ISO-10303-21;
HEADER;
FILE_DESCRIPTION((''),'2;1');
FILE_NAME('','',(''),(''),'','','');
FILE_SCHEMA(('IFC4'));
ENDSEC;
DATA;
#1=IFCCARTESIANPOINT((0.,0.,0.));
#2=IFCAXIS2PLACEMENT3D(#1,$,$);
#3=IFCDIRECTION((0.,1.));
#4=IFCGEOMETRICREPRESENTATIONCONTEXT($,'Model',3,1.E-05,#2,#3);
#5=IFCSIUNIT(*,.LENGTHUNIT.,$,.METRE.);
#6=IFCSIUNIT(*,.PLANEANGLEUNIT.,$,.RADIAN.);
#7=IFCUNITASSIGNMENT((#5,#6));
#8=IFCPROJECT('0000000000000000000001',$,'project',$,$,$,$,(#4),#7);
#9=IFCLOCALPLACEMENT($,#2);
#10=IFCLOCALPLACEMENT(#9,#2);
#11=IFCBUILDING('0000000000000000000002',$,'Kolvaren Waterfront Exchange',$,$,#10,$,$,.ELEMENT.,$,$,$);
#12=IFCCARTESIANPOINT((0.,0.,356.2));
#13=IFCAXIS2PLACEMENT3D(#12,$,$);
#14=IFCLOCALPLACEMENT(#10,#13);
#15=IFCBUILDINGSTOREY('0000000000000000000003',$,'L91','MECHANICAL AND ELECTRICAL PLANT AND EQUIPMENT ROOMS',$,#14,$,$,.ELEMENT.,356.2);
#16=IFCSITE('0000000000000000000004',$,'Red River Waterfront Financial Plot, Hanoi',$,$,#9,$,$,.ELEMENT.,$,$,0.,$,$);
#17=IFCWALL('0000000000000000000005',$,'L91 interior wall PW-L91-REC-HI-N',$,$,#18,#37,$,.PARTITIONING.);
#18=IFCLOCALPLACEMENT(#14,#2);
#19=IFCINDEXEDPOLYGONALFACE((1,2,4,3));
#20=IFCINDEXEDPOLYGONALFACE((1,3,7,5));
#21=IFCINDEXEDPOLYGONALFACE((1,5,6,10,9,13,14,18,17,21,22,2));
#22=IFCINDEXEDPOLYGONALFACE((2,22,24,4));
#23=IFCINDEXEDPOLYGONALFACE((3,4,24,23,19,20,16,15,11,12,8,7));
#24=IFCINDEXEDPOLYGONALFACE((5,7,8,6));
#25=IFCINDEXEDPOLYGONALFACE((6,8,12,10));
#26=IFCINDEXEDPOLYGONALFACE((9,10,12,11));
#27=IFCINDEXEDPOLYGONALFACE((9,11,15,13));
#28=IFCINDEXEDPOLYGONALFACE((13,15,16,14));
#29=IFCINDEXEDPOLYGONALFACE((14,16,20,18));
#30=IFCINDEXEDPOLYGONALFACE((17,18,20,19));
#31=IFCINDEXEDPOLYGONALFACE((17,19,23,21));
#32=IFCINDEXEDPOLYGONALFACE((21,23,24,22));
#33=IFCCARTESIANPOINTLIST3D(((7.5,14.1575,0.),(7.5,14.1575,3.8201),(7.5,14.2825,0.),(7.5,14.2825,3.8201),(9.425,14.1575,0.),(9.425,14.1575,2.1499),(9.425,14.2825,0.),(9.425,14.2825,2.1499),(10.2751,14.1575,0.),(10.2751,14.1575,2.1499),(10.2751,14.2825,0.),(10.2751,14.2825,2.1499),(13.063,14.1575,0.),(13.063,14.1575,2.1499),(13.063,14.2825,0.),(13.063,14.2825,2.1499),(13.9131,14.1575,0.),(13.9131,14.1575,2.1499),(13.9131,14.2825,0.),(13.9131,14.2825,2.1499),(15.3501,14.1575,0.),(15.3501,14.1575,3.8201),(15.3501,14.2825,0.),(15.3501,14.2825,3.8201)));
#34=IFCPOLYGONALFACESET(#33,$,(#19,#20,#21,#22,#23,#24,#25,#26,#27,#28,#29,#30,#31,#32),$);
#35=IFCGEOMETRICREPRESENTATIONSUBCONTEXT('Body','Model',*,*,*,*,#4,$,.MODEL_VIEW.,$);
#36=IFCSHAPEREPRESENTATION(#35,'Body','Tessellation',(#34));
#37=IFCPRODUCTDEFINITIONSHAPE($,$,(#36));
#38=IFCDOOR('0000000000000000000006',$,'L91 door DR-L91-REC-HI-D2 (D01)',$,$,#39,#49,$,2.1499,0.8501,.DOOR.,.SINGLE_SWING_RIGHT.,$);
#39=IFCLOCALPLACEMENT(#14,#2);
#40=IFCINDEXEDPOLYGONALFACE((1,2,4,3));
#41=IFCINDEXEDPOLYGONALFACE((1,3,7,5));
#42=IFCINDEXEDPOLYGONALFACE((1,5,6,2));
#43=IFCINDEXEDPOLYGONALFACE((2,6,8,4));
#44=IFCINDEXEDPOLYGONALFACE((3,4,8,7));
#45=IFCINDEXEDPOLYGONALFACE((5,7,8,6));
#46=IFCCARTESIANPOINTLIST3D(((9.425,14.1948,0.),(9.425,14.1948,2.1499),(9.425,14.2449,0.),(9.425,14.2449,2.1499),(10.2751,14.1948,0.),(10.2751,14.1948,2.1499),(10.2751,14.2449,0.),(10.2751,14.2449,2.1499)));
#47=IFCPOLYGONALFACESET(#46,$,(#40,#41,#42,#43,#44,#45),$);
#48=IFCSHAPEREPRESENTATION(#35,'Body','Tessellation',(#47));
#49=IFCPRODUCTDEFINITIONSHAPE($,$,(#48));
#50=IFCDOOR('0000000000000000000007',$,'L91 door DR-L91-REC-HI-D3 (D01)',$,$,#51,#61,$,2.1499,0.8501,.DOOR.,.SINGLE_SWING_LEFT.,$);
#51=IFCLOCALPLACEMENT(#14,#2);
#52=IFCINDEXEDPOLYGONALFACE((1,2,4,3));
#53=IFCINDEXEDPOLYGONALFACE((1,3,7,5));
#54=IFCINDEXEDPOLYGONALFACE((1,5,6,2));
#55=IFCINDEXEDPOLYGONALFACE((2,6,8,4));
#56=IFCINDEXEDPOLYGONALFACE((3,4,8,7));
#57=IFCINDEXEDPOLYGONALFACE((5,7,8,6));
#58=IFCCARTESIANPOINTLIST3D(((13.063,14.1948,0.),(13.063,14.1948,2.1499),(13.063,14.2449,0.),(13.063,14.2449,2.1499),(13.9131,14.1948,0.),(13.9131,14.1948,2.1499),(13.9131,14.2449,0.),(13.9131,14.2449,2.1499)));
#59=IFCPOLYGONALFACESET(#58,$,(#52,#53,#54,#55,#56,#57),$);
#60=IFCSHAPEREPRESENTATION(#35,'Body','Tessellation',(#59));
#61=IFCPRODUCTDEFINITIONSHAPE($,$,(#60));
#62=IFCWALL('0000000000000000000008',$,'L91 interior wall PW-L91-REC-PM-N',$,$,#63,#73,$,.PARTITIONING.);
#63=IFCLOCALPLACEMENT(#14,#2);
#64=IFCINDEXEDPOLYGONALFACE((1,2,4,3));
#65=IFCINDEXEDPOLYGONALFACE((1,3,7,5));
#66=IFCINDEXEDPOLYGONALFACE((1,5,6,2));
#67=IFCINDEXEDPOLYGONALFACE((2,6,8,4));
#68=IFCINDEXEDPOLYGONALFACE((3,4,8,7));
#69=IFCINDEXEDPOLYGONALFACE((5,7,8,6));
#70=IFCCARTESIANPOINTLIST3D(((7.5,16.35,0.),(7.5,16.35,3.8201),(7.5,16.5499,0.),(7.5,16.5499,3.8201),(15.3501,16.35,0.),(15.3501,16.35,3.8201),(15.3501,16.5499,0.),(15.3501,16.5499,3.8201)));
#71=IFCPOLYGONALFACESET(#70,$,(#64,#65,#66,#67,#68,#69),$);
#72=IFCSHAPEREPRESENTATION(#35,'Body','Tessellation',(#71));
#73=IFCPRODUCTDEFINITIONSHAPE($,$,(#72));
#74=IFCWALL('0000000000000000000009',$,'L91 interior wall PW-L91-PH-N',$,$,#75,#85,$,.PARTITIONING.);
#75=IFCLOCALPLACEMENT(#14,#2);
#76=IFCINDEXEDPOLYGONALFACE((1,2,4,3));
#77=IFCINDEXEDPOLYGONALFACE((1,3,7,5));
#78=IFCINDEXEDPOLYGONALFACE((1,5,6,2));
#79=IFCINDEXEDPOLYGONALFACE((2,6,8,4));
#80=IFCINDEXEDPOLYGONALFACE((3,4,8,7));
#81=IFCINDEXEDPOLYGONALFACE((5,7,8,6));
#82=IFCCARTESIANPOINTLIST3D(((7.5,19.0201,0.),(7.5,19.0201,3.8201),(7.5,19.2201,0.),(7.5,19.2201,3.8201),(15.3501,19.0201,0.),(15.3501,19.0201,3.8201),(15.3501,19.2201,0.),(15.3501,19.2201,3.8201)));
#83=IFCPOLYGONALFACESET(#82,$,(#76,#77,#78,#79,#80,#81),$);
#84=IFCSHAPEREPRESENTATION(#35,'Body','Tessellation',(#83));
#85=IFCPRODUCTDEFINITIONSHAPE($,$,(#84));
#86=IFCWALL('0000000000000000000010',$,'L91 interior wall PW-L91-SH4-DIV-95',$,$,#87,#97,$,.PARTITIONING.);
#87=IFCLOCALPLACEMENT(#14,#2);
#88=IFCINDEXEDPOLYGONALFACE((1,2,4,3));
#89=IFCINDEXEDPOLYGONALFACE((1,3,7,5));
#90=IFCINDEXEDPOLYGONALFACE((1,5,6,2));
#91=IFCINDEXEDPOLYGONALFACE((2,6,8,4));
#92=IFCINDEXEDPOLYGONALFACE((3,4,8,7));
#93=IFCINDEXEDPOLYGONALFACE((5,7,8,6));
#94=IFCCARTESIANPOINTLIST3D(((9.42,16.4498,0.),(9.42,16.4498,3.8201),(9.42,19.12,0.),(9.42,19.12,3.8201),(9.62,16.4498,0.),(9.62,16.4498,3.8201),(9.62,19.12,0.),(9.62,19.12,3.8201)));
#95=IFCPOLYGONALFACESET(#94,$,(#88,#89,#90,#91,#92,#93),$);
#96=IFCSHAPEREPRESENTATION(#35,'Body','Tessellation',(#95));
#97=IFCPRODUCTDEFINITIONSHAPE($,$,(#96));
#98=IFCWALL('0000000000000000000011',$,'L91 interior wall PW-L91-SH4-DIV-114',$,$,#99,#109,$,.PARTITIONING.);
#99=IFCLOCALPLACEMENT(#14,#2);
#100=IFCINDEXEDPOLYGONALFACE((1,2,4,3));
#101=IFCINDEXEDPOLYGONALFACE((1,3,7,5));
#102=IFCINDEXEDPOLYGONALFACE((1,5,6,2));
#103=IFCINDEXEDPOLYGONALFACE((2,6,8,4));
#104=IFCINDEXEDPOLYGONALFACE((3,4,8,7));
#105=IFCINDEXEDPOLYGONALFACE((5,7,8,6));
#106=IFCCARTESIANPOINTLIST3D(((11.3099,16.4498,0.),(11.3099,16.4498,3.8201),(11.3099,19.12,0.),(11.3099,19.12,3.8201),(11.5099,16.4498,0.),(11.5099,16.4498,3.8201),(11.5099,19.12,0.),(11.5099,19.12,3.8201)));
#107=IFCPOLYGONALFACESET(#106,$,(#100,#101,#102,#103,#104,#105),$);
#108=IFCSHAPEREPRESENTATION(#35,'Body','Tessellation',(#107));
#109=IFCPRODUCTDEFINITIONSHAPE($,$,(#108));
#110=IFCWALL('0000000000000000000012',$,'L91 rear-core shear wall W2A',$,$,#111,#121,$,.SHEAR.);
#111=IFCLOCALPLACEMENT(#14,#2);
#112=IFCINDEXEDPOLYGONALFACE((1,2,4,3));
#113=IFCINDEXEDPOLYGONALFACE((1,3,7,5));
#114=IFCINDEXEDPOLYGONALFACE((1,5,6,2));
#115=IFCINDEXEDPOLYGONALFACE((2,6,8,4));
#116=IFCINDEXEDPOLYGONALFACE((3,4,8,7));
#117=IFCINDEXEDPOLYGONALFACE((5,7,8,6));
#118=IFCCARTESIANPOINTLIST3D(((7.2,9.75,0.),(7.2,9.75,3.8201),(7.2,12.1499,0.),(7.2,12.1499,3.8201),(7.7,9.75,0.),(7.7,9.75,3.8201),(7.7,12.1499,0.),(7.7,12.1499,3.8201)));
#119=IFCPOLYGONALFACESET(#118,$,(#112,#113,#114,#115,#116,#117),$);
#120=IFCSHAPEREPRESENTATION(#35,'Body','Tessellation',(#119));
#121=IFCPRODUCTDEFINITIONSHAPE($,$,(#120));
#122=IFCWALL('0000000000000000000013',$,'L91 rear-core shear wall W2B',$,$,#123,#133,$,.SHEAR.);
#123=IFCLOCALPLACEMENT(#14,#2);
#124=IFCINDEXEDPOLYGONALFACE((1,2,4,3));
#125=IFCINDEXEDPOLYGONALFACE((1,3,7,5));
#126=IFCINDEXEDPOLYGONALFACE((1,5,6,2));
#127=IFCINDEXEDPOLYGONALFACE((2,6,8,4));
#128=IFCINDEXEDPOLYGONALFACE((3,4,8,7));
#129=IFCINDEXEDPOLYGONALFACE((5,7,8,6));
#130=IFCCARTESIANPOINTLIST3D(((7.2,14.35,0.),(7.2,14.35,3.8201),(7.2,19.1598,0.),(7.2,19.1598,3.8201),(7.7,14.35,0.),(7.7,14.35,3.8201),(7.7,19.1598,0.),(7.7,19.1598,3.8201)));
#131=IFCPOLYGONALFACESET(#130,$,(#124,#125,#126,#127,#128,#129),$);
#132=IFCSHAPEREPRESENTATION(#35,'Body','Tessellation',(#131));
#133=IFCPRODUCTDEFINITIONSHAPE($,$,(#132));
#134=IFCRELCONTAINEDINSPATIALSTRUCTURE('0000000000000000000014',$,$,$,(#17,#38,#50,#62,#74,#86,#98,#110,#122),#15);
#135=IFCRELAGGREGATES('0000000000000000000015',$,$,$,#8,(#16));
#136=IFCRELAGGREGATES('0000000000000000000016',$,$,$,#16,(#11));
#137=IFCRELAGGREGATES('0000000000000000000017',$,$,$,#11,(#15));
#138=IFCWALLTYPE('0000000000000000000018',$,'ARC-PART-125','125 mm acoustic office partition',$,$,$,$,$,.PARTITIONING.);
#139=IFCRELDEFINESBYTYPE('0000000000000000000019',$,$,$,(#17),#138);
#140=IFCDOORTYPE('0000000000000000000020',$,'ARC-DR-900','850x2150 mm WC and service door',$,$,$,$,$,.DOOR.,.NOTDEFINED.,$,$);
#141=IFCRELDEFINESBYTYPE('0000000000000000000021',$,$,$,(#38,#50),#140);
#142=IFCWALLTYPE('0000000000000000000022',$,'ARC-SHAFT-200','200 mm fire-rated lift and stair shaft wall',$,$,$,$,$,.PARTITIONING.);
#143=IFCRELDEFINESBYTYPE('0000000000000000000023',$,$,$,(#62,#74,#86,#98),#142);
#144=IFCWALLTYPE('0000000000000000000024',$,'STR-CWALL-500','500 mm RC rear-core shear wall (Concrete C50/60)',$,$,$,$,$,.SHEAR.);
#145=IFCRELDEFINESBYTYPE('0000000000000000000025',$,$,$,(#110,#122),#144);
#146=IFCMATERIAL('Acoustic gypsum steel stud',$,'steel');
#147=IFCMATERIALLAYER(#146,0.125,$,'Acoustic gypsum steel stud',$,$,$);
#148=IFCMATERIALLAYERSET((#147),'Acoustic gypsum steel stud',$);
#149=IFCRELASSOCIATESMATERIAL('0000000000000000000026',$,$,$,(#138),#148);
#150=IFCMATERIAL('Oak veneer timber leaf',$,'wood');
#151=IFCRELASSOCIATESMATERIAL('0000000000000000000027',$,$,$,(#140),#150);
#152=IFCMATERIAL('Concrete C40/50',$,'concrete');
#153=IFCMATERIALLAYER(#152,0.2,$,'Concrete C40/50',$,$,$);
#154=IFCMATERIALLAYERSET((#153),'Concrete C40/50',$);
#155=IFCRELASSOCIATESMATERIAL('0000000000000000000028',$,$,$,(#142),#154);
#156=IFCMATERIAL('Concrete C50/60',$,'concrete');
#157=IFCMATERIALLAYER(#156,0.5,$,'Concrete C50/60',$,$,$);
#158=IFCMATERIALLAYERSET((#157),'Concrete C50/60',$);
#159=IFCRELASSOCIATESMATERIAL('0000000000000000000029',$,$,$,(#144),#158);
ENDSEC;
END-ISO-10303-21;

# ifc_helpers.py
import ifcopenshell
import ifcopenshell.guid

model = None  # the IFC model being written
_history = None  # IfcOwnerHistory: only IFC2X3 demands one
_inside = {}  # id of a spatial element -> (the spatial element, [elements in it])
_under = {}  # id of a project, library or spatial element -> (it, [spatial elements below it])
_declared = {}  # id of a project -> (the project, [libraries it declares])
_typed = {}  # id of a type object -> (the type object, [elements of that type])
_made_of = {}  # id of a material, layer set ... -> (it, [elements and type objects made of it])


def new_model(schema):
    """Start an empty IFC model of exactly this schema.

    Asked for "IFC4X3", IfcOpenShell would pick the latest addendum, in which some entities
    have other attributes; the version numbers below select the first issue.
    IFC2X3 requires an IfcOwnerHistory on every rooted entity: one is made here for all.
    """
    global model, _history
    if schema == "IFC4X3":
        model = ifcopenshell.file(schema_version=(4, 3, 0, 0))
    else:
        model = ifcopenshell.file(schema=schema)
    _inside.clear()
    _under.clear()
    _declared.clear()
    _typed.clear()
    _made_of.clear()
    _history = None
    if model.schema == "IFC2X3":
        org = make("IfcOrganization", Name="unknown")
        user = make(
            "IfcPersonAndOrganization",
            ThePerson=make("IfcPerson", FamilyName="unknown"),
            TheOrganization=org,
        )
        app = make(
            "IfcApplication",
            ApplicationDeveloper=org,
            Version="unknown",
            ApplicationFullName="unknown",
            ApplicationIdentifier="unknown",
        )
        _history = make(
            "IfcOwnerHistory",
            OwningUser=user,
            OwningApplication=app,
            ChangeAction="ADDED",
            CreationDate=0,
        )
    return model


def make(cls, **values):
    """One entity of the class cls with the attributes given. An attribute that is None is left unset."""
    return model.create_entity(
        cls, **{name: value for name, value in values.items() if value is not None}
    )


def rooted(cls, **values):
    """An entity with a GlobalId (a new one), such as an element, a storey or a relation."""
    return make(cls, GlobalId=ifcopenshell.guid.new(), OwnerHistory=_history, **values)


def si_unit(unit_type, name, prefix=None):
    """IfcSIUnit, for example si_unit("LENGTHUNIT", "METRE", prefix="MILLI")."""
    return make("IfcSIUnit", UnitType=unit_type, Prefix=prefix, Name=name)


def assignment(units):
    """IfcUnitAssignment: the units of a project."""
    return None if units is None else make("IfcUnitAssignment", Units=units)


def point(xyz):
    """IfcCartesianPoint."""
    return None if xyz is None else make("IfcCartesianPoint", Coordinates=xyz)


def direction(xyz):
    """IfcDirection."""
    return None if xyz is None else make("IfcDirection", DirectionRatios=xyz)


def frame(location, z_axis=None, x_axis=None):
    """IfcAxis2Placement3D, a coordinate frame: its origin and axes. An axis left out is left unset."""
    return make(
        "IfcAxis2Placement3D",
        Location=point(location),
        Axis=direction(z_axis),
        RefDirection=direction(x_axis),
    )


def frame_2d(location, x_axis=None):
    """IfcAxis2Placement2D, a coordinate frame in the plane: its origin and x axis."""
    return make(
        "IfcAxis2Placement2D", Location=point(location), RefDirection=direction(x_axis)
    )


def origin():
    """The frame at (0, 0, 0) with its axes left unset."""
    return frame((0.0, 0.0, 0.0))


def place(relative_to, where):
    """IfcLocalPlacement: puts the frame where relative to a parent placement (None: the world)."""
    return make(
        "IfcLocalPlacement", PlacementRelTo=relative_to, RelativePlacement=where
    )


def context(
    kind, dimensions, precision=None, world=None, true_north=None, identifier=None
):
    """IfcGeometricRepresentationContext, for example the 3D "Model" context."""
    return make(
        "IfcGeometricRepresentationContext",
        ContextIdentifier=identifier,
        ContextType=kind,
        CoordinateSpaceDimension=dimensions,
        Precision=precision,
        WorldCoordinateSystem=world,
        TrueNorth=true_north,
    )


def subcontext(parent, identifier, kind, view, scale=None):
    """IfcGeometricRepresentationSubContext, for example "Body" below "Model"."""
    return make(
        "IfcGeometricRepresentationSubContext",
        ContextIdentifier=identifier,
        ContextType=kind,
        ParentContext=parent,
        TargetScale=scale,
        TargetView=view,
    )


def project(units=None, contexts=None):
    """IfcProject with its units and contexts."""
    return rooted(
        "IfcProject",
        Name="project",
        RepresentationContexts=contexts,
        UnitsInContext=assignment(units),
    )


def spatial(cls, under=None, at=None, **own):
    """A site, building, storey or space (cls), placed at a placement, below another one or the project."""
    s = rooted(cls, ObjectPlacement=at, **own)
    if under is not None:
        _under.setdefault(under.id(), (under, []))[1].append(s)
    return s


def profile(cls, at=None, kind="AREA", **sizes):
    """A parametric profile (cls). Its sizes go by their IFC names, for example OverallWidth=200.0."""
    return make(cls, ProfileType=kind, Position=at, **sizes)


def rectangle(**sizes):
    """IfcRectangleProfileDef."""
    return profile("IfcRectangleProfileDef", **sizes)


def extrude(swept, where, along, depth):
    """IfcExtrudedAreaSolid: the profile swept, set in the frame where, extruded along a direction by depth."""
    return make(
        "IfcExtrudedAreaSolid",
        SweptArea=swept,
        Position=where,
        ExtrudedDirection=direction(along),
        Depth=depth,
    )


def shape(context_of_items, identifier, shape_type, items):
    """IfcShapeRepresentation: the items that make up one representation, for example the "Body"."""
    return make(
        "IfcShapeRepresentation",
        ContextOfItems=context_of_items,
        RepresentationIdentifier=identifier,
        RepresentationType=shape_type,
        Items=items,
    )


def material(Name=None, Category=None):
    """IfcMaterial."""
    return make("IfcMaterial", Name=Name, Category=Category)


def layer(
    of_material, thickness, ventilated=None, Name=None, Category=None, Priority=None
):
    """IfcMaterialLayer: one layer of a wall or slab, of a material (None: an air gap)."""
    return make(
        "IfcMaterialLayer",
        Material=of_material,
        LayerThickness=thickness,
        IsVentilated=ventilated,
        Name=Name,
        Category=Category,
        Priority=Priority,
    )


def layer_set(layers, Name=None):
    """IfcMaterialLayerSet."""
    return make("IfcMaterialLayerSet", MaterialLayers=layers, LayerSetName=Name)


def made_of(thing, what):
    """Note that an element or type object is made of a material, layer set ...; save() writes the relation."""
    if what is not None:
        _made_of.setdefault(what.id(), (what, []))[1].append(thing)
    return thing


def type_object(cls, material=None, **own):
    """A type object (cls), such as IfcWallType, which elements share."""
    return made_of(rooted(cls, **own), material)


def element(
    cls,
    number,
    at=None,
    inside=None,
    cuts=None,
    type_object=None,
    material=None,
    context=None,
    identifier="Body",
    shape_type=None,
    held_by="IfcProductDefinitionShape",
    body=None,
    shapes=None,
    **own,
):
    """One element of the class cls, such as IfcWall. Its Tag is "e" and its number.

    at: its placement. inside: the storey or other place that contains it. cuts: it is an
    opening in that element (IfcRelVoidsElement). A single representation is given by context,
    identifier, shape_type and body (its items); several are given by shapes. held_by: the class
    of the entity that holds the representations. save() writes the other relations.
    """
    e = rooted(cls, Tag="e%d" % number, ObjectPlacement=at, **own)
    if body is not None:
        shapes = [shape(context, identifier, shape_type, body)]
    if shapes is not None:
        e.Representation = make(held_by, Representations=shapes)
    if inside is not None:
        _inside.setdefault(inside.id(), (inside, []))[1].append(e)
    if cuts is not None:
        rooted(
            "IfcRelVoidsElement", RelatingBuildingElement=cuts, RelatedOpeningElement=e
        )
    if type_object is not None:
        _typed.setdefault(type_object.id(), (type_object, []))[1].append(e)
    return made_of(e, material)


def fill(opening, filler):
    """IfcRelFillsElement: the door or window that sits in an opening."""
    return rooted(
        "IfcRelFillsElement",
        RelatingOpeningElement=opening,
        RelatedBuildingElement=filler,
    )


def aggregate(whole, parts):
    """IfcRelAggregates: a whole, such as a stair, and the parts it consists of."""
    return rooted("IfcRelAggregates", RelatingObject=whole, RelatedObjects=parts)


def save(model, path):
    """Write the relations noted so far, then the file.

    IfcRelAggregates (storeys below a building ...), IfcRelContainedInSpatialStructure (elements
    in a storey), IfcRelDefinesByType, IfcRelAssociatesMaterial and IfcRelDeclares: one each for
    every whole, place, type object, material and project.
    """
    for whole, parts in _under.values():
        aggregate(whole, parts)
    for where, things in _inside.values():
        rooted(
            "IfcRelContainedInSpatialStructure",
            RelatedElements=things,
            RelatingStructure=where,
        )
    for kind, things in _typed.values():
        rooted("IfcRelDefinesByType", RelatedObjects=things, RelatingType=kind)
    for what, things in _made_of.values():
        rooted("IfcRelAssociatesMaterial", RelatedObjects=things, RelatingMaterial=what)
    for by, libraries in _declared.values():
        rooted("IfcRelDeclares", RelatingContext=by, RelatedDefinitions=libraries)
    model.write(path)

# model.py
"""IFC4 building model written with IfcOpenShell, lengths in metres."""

from ifc_helpers import new_model, si_unit, direction, frame, frame_2d, origin, place, context, subcontext, project, spatial, rectangle, extrude, material, layer, layer_set, type_object, element, fill, save


model = new_model("IFC4")

# Units and contexts
model_context = context("Model", 3, precision=1e-05, world=origin(), true_north=direction((0.0, 1.0)))
body_context = subcontext(model_context, "Body", "Model", "MODEL_VIEW")
ifc_project = project(units=[si_unit("LENGTHUNIT", "METRE"), si_unit("PLANEANGLEUNIT", "RADIAN")], contexts=[model_context])

# Site, building, storey
site_placement = place(None, origin())
site = spatial("IfcSite", under=ifc_project, at=site_placement, Name="Red River Waterfront Financial Plot, Hanoi", CompositionType="ELEMENT", RefElevation=0.0)
building_placement = place(site_placement, origin())
building = spatial("IfcBuilding", under=site, at=building_placement, Name="Kolvaren Waterfront Exchange", CompositionType="ELEMENT")
storey_placement = place(building_placement, frame((0.0, 0.0, 356.2)))
storey = spatial("IfcBuildingStorey", under=building, at=storey_placement, Name="L91", Description="MECHANICAL AND ELECTRICAL PLANT AND EQUIPMENT ROOMS", CompositionType="ELEMENT", Elevation=356.2)

# Shared definitions
ifc_material_1 = material(Name="Acoustic gypsum steel stud", Category="steel")
ifc_layer_1 = layer(ifc_material_1, 0.125, Name="Acoustic gypsum steel stud")
ifc_layer_set_1 = layer_set([ifc_layer_1], Name="Acoustic gypsum steel stud")
wall_type_1 = type_object("IfcWallType", Name="ARC-PART-125", Description="125 mm acoustic office partition", PredefinedType="PARTITIONING", material=ifc_layer_set_1)

# Wall, openings, doors
wall_1_placement = place(storey_placement, frame((7.5, 14.22, 0.0), z_axis=(0.0, 0.0, 1.0), x_axis=(1.0, 0.0, 0.0)))
wall_1 = element("IfcWall", 1, at=wall_1_placement, inside=storey, type_object=wall_type_1, Name="L91 interior wall PW-L91-REC-HI-N", PredefinedType="PARTITIONING", context=body_context, shape_type="SweptSolid", body=[
    extrude(rectangle(XDim=7.8501, YDim=0.125, at=frame_2d((3.925, 0.0))), origin(), (0.0, 0.0, 1.0), 3.8201),
])
opening_1_placement = place(wall_1_placement, frame((1.925, 0.0, 0.0)))
opening_1 = element("IfcOpeningElement", 2, at=opening_1_placement, cuts=wall_1, PredefinedType="OPENING", context=body_context, shape_type="SweptSolid", body=[
    extrude(rectangle(XDim=0.8501, YDim=2.1499, at=frame_2d((0.425, 1.075))), frame((0.0, 0.0725, 0.0), z_axis=(0.0, -1.0, 0.0), x_axis=(1.0, 0.0, 0.0)), (0.0, 0.0, 1.0), 0.145),
])
opening_2_placement = place(wall_1_placement, frame((5.563, 0.0, 0.0)))
opening_2 = element("IfcOpeningElement", 3, at=opening_2_placement, cuts=wall_1, PredefinedType="OPENING", context=body_context, shape_type="SweptSolid", body=[
    extrude(rectangle(XDim=0.8501, YDim=2.1499, at=frame_2d((0.425, 1.075))), frame((0.0, 0.0725, 0.0), z_axis=(0.0, -1.0, 0.0), x_axis=(1.0, 0.0, 0.0)), (0.0, 0.0, 1.0), 0.145),
])
ifc_material_2 = material(Name="Oak veneer timber leaf", Category="wood")
door_type_1 = type_object("IfcDoorType", Name="ARC-DR-900", Description="850x2150 mm WC and service door", OperationType="NOTDEFINED", PredefinedType="DOOR", material=ifc_material_2)
door_1_placement = place(opening_1_placement, origin())
door_1 = element("IfcDoor", 4, at=door_1_placement, inside=storey, type_object=door_type_1, Name="L91 door DR-L91-REC-HI-D2 (D01)", OperationType="SINGLE_SWING_RIGHT", OverallHeight=2.1499, OverallWidth=0.8501, PredefinedType="DOOR", context=body_context, shape_type="SweptSolid", body=[
    extrude(rectangle(XDim=0.8501, YDim=2.1499, at=frame_2d((0.425, 1.075))), frame((0.0, 0.0249, 0.0), z_axis=(0.0, -1.0, 0.0), x_axis=(1.0, 0.0, 0.0)), (0.0, 0.0, 1.0), 0.05),
])
fill(opening_1, door_1)
door_2_placement = place(opening_2_placement, origin())
door_2 = element("IfcDoor", 5, at=door_2_placement, inside=storey, type_object=door_type_1, Name="L91 door DR-L91-REC-HI-D3 (D01)", OperationType="SINGLE_SWING_LEFT", OverallHeight=2.1499, OverallWidth=0.8501, PredefinedType="DOOR", context=body_context, shape_type="SweptSolid", body=[
    extrude(rectangle(XDim=0.8501, YDim=2.1499, at=frame_2d((0.425, 1.075))), frame((0.0, 0.0249, 0.0), z_axis=(0.0, -1.0, 0.0), x_axis=(1.0, 0.0, 0.0)), (0.0, 0.0, 1.0), 0.05),
])
fill(opening_2, door_2)

# Walls
ifc_material_3 = material(Name="Concrete C40/50", Category="concrete")
ifc_layer_2 = layer(ifc_material_3, 0.2, Name="Concrete C40/50")
ifc_layer_set_2 = layer_set([ifc_layer_2], Name="Concrete C40/50")
wall_type_2 = type_object("IfcWallType", Name="ARC-SHAFT-200", Description="200 mm fire-rated lift and stair shaft wall", PredefinedType="PARTITIONING", material=ifc_layer_set_2)
for number, where, z_axis, x_axis, name in (
    (6, (7.5, 16.45, 0.0), (0.0, 0.0, 1.0), (1.0, 0.0, 0.0), "L91 interior wall PW-L91-REC-PM-N"),
    (7, (7.5, 19.1201, 0.0), (0.0, 0.0, 1.0), (1.0, 0.0, 0.0), "L91 interior wall PW-L91-PH-N"),
):
    element("IfcWall", number, at=place(storey_placement, frame(where, z_axis=z_axis, x_axis=x_axis)), inside=storey, type_object=wall_type_2, Name=name, PredefinedType="PARTITIONING", context=body_context, shape_type="SweptSolid", body=[
        extrude(rectangle(XDim=7.8501, YDim=0.2, at=frame_2d((3.925, 0.0))), origin(), (0.0, 0.0, 1.0), 3.8201),
    ])
for number, where, z_axis, x_axis, name in (
    (8, (9.52, 16.45, 0.0), (0.0, 0.0, 1.0), (0.0, 1.0, 0.0), "L91 interior wall PW-L91-SH4-DIV-95"),
    (9, (11.4099, 16.45, 0.0), (0.0, 0.0, 1.0), (0.0, 1.0, 0.0), "L91 interior wall PW-L91-SH4-DIV-114"),
):
    element("IfcWall", number, at=place(storey_placement, frame(where, z_axis=z_axis, x_axis=x_axis)), inside=storey, type_object=wall_type_2, Name=name, PredefinedType="PARTITIONING", context=body_context, shape_type="SweptSolid", body=[
        extrude(rectangle(XDim=2.6702, YDim=0.2, at=frame_2d((1.335, 0.0))), origin(), (0.0, 0.0, 1.0), 3.8201),
    ])
ifc_material_4 = material(Name="Concrete C50/60", Category="concrete")
ifc_layer_3 = layer(ifc_material_4, 0.5, Name="Concrete C50/60")
ifc_layer_set_3 = layer_set([ifc_layer_3], Name="Concrete C50/60")
wall_type_3 = type_object("IfcWallType", Name="STR-CWALL-500", Description="500 mm RC rear-core shear wall (Concrete C50/60)", PredefinedType="SHEAR", material=ifc_layer_set_3)
wall_2_placement = place(storey_placement, frame((7.45, 9.75, 0.0), z_axis=(0.0, 0.0, 1.0), x_axis=(0.0, 1.0, 0.0)))
element("IfcWall", 10, at=wall_2_placement, inside=storey, type_object=wall_type_3, Name="L91 rear-core shear wall W2A", PredefinedType="SHEAR", context=body_context, shape_type="SweptSolid", body=[
    extrude(rectangle(XDim=2.3999, YDim=0.5, at=frame_2d((1.2, 0.0))), origin(), (0.0, 0.0, 1.0), 3.8201),
])
wall_3_placement = place(storey_placement, frame((7.45, 14.3501, 0.0), z_axis=(0.0, 0.0, 1.0), x_axis=(0.0, 1.0, 0.0)))
element("IfcWall", 11, at=wall_3_placement, inside=storey, type_object=wall_type_3, Name="L91 rear-core shear wall W2B", PredefinedType="SHEAR", context=body_context, shape_type="SweptSolid", body=[
    extrude(rectangle(XDim=4.8098, YDim=0.5, at=frame_2d((2.4048, 0.0))), origin(), (0.0, 0.0, 1.0), 3.8201),
])

save(model, "model.ifc")
